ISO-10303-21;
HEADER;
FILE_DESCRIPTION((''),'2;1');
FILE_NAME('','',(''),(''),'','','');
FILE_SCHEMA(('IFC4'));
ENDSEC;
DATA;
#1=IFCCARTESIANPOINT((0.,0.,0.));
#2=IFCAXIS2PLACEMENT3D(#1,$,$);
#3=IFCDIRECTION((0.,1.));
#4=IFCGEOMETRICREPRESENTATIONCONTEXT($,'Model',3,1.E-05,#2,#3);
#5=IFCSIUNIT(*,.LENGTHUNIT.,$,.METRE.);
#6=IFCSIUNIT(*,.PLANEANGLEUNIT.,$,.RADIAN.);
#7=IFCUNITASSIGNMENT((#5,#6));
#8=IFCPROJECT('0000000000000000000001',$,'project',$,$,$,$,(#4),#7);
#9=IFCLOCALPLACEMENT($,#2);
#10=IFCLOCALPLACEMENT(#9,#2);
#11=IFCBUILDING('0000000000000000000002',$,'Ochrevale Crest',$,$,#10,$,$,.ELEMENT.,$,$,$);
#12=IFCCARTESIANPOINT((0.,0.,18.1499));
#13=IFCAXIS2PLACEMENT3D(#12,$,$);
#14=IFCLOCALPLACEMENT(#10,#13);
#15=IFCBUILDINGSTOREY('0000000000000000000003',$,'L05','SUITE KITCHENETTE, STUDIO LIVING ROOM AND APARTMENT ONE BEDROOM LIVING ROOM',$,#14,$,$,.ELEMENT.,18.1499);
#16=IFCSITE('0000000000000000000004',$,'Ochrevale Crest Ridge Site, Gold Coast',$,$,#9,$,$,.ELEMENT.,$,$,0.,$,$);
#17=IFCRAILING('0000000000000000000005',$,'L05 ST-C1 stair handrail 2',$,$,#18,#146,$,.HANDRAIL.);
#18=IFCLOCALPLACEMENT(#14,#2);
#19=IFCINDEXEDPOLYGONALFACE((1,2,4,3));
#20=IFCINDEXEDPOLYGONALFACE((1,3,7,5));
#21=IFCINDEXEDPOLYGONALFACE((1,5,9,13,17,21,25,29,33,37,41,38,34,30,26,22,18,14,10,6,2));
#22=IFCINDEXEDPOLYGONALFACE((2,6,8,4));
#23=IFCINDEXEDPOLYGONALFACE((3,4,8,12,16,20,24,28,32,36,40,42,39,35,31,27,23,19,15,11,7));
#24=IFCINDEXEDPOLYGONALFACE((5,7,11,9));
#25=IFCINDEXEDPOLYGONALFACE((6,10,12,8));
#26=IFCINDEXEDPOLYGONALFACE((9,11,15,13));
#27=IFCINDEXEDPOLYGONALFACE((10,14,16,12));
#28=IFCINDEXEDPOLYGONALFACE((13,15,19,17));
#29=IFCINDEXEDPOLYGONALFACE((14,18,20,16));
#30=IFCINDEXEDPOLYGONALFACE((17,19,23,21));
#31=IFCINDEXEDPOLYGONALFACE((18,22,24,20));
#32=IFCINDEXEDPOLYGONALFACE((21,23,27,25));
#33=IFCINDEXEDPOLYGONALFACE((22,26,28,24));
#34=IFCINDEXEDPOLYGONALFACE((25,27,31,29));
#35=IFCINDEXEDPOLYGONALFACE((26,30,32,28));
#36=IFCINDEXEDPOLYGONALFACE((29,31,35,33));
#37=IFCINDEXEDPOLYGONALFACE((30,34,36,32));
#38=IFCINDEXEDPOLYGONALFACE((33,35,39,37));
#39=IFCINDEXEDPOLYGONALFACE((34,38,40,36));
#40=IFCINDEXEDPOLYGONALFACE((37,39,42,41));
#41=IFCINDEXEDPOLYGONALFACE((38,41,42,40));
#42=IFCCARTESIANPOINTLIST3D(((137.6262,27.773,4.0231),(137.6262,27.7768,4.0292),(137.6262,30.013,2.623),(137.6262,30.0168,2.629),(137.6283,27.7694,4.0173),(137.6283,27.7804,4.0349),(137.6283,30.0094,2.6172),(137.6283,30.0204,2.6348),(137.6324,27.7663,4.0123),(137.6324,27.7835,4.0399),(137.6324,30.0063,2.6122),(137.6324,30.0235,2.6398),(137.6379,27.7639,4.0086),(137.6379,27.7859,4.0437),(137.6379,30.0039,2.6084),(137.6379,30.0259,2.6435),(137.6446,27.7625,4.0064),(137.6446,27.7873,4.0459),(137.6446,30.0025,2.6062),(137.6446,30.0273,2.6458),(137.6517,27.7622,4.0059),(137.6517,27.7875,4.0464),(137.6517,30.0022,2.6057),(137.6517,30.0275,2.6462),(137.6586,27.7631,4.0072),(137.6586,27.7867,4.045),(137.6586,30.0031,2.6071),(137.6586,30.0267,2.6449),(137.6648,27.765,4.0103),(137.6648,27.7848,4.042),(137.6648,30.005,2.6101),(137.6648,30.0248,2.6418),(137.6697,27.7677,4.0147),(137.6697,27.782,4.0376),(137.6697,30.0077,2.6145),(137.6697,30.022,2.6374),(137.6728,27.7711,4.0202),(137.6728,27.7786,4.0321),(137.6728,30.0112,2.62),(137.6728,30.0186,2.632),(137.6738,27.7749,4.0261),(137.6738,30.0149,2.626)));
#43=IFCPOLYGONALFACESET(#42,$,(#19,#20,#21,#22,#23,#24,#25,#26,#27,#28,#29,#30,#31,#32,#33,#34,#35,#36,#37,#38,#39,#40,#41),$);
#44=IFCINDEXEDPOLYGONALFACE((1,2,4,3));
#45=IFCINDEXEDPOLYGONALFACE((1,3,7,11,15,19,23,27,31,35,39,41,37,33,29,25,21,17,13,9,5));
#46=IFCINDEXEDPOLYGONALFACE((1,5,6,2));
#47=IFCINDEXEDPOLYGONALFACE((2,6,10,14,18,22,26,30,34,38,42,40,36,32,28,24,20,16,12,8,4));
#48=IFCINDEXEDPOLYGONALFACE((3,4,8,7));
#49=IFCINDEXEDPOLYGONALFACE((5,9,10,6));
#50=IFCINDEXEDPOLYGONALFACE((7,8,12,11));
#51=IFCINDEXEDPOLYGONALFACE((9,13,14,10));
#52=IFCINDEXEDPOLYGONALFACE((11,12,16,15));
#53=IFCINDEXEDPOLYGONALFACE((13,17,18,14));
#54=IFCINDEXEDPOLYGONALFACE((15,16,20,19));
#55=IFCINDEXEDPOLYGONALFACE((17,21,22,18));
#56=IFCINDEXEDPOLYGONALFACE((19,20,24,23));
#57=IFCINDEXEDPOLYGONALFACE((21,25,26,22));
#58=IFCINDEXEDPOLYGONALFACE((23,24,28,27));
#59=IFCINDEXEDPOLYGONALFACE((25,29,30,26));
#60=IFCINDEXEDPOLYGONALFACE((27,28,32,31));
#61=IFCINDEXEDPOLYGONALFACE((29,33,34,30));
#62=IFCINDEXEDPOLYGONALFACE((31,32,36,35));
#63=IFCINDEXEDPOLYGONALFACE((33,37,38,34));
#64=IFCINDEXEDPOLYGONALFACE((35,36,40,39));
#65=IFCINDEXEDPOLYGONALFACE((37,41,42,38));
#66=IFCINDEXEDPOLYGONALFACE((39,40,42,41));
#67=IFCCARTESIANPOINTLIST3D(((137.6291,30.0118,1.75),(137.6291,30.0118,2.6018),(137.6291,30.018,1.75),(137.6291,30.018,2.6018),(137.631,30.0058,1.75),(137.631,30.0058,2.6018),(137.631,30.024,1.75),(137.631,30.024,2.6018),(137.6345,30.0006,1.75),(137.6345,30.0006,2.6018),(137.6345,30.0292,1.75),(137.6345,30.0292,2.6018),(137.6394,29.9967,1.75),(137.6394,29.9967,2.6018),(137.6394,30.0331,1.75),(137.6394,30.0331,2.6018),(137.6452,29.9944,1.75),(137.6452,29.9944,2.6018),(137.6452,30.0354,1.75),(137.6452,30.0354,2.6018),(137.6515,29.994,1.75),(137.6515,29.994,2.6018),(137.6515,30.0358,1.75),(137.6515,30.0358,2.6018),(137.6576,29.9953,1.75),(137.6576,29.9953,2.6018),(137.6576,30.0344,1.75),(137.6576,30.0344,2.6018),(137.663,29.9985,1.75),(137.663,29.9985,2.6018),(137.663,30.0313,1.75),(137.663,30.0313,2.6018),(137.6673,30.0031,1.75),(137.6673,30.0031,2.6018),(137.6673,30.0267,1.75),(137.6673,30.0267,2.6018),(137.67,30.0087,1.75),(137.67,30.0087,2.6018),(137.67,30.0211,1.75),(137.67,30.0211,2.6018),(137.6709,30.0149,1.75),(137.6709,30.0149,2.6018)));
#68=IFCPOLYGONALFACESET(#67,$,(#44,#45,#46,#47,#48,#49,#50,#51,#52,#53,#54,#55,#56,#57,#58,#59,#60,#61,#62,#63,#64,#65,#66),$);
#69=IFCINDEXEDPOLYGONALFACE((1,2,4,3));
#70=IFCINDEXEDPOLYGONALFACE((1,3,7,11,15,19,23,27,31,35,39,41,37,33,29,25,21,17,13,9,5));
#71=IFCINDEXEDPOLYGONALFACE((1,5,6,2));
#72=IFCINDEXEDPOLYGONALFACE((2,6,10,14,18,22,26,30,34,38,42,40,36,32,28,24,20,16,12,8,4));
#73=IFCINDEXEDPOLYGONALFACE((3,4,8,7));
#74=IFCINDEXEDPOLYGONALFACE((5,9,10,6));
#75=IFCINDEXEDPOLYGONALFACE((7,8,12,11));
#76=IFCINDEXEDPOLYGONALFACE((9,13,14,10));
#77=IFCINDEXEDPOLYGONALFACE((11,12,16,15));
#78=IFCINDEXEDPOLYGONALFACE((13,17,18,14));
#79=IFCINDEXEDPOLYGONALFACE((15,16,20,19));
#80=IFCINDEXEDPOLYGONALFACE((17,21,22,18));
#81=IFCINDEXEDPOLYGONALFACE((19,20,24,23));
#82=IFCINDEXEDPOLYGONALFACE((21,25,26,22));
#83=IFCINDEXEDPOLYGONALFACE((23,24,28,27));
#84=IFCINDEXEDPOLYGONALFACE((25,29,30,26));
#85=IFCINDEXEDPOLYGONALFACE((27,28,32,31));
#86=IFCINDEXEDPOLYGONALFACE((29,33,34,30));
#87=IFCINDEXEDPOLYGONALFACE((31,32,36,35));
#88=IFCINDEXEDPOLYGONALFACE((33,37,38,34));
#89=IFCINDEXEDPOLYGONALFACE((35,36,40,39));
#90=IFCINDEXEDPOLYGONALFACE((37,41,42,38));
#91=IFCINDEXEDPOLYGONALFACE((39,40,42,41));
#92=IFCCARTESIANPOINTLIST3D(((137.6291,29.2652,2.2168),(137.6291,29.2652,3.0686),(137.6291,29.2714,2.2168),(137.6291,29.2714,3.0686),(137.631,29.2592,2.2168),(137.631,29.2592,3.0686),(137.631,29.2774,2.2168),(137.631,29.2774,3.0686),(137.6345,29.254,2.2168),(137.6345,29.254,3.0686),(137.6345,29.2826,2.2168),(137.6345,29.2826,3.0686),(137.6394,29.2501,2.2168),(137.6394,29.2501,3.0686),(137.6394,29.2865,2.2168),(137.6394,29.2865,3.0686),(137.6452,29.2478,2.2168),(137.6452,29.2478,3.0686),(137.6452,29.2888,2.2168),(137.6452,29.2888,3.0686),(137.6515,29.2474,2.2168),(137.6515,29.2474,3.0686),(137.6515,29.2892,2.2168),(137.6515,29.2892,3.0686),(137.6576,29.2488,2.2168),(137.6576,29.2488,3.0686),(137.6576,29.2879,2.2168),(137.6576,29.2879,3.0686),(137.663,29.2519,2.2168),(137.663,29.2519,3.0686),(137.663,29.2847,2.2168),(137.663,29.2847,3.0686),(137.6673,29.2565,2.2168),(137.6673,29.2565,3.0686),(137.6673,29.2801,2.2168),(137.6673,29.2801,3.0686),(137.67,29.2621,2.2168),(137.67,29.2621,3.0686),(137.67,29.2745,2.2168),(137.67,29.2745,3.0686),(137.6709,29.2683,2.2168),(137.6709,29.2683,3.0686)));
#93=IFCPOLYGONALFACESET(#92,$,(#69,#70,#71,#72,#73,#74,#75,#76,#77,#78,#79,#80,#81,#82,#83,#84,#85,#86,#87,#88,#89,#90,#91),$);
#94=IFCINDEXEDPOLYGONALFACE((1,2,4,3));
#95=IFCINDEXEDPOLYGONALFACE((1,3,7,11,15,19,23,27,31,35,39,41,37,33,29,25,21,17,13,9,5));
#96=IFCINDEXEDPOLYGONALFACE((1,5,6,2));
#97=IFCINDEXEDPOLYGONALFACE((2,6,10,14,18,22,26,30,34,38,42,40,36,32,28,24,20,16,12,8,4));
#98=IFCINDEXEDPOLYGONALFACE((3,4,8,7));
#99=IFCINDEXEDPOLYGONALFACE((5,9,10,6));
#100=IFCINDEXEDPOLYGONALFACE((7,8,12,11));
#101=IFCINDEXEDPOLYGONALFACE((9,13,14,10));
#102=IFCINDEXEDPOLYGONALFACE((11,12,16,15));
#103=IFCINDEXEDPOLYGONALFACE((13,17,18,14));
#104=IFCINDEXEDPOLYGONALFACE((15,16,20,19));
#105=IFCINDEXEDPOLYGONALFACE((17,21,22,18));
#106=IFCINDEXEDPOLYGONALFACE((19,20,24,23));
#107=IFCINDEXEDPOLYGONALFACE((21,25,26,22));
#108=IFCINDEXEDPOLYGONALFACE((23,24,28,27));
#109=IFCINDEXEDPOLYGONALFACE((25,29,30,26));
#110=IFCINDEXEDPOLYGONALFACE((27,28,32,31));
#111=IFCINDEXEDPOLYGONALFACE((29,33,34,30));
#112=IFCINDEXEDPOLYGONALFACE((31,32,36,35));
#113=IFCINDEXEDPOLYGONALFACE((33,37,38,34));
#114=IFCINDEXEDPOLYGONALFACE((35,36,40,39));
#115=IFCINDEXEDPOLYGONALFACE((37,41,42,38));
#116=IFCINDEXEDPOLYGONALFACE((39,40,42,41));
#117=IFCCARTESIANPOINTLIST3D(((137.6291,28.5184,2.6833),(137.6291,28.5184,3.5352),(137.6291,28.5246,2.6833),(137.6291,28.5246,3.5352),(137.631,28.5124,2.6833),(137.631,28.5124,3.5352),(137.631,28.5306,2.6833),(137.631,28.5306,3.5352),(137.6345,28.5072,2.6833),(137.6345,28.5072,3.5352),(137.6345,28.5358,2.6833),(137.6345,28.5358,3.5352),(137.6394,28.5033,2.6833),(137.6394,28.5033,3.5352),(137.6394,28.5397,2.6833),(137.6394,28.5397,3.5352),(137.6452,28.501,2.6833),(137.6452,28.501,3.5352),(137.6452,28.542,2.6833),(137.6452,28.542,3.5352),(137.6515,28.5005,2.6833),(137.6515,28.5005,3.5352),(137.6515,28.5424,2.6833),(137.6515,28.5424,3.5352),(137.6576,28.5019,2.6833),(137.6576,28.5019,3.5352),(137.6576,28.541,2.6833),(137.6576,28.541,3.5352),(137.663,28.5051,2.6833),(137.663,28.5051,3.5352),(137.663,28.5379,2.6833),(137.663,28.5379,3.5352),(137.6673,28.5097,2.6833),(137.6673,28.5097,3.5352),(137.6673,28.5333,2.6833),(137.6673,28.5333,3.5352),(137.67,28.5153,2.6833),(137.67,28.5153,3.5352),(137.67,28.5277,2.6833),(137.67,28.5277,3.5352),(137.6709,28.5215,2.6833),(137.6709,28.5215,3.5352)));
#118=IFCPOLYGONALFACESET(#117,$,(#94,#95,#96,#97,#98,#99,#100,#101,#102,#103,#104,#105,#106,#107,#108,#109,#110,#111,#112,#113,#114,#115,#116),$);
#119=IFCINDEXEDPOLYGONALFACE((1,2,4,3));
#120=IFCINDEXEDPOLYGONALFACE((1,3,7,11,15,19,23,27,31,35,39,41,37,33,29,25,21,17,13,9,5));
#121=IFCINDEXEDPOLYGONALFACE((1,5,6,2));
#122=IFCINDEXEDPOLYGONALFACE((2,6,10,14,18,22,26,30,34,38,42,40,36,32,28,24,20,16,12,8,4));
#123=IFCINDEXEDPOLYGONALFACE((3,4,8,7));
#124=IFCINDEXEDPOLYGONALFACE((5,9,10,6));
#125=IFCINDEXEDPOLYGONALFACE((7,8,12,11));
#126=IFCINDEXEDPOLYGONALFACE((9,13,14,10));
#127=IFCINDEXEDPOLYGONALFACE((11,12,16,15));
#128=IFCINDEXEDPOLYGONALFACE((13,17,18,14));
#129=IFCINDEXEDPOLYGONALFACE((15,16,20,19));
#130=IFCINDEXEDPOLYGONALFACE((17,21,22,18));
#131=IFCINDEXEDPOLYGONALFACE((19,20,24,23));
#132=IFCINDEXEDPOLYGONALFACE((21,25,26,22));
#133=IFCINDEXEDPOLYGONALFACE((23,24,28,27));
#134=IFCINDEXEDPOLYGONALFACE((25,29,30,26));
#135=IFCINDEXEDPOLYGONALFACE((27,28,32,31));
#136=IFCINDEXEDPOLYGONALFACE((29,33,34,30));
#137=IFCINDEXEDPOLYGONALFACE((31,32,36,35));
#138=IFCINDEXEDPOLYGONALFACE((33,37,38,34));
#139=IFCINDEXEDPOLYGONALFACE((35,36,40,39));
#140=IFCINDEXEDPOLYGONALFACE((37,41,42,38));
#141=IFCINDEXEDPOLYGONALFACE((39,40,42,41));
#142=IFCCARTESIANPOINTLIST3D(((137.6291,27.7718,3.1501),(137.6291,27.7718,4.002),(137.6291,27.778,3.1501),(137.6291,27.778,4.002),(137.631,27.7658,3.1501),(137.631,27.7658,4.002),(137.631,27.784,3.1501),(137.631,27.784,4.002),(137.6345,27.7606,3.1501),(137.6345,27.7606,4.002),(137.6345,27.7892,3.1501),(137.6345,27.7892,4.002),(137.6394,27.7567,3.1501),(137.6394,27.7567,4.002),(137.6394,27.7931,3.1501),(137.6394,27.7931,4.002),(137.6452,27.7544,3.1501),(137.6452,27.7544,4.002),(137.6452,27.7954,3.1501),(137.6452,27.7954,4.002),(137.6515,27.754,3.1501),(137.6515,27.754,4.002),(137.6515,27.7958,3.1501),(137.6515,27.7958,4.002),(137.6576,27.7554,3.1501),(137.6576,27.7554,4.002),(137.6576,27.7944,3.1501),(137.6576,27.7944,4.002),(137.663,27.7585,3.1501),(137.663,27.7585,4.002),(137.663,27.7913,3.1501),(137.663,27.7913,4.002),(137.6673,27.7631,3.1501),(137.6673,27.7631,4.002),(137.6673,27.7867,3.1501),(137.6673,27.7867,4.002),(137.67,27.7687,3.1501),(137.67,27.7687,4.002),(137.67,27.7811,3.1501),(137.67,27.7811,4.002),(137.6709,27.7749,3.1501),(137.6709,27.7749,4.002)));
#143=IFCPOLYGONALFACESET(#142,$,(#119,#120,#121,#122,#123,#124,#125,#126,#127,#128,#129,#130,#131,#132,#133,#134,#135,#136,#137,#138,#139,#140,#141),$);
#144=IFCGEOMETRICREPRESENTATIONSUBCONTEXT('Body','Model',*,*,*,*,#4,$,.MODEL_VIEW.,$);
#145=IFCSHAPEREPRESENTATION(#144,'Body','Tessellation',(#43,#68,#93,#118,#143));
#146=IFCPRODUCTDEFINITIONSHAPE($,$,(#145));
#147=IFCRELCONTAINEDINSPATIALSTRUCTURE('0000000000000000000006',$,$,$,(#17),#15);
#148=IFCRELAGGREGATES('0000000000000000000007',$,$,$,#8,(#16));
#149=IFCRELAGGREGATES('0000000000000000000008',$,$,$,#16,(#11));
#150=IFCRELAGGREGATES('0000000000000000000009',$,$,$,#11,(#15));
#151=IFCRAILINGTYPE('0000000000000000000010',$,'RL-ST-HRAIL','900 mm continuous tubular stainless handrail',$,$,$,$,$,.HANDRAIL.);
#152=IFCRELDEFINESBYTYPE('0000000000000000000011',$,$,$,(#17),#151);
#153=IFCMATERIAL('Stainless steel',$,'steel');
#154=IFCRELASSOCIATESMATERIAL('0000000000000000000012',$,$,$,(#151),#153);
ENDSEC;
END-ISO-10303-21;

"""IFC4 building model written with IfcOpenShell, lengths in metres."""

from ifc_helpers import new_model, si_unit, direction, frame, origin, origin_2d, place, context, subcontext, project, spatial, circle, extrude, material, type_object, element, save


model = new_model("IFC4")

# Units and contexts
model_context = context("Model", 3, precision=1e-05, world=origin(), true_north=direction((0.0, 1.0)))
body_context = subcontext(model_context, "Body", "Model", "MODEL_VIEW")
ifc_project = project(units=[si_unit("LENGTHUNIT", "METRE"), si_unit("PLANEANGLEUNIT", "RADIAN")], contexts=[model_context])

# Site, building, storey
site_placement = place(None, origin())
site = spatial("IfcSite", under=ifc_project, at=site_placement, Name="Ochrevale Crest Ridge Site, Gold Coast", CompositionType="ELEMENT", RefElevation=0.0)
building_placement = place(site_placement, origin())
building = spatial("IfcBuilding", under=site, at=building_placement, Name="Ochrevale Crest", CompositionType="ELEMENT")
storey_placement = place(building_placement, frame((0.0, 0.0, 18.1499)))
storey = spatial("IfcBuildingStorey", under=building, at=storey_placement, Name="L05", Description="SUITE KITCHENETTE, STUDIO LIVING ROOM AND APARTMENT ONE BEDROOM LIVING ROOM", CompositionType="ELEMENT", Elevation=18.1499)

# Railing
ifc_material_1 = material(Name="Stainless steel", Category="steel")
railing_type_1 = type_object("IfcRailingType", Name="RL-ST-HRAIL", Description="900 mm continuous tubular stainless handrail", PredefinedType="HANDRAIL", material=ifc_material_1)
railing_1_placement = place(storey_placement, frame((137.6499, 30.0149, 1.75)))
element("IfcRailing", 1, at=railing_1_placement, inside=storey, type_object=railing_type_1, Name="L05 ST-C1 stair handrail 2", PredefinedType="HANDRAIL", context=body_context, shape_type="SweptSolid", body=[
    extrude(circle(Radius=0.0239, at=origin_2d()), frame((0.0, 0.0, 0.876), z_axis=(0.0, -0.847972, 0.53004), x_axis=(1.0, 0.0, 0.0)), (0.0, 0.0, 1.0), 2.6416),
    extrude(circle(Radius=0.021, at=origin_2d()), origin(), (0.0, 0.0, 1.0), 0.8518),
    extrude(circle(Radius=0.021, at=origin_2d()), frame((0.0, -0.7466, 0.4668)), (0.0, 0.0, 1.0), 0.8518),
    extrude(circle(Radius=0.021, at=origin_2d()), frame((0.0, -1.4934, 0.9333)), (0.0, 0.0, 1.0), 0.8518),
    extrude(circle(Radius=0.021, at=origin_2d()), frame((0.0, -2.24, 1.4001)), (0.0, 0.0, 1.0), 0.8518),
])

save(model, "model.ifc")
